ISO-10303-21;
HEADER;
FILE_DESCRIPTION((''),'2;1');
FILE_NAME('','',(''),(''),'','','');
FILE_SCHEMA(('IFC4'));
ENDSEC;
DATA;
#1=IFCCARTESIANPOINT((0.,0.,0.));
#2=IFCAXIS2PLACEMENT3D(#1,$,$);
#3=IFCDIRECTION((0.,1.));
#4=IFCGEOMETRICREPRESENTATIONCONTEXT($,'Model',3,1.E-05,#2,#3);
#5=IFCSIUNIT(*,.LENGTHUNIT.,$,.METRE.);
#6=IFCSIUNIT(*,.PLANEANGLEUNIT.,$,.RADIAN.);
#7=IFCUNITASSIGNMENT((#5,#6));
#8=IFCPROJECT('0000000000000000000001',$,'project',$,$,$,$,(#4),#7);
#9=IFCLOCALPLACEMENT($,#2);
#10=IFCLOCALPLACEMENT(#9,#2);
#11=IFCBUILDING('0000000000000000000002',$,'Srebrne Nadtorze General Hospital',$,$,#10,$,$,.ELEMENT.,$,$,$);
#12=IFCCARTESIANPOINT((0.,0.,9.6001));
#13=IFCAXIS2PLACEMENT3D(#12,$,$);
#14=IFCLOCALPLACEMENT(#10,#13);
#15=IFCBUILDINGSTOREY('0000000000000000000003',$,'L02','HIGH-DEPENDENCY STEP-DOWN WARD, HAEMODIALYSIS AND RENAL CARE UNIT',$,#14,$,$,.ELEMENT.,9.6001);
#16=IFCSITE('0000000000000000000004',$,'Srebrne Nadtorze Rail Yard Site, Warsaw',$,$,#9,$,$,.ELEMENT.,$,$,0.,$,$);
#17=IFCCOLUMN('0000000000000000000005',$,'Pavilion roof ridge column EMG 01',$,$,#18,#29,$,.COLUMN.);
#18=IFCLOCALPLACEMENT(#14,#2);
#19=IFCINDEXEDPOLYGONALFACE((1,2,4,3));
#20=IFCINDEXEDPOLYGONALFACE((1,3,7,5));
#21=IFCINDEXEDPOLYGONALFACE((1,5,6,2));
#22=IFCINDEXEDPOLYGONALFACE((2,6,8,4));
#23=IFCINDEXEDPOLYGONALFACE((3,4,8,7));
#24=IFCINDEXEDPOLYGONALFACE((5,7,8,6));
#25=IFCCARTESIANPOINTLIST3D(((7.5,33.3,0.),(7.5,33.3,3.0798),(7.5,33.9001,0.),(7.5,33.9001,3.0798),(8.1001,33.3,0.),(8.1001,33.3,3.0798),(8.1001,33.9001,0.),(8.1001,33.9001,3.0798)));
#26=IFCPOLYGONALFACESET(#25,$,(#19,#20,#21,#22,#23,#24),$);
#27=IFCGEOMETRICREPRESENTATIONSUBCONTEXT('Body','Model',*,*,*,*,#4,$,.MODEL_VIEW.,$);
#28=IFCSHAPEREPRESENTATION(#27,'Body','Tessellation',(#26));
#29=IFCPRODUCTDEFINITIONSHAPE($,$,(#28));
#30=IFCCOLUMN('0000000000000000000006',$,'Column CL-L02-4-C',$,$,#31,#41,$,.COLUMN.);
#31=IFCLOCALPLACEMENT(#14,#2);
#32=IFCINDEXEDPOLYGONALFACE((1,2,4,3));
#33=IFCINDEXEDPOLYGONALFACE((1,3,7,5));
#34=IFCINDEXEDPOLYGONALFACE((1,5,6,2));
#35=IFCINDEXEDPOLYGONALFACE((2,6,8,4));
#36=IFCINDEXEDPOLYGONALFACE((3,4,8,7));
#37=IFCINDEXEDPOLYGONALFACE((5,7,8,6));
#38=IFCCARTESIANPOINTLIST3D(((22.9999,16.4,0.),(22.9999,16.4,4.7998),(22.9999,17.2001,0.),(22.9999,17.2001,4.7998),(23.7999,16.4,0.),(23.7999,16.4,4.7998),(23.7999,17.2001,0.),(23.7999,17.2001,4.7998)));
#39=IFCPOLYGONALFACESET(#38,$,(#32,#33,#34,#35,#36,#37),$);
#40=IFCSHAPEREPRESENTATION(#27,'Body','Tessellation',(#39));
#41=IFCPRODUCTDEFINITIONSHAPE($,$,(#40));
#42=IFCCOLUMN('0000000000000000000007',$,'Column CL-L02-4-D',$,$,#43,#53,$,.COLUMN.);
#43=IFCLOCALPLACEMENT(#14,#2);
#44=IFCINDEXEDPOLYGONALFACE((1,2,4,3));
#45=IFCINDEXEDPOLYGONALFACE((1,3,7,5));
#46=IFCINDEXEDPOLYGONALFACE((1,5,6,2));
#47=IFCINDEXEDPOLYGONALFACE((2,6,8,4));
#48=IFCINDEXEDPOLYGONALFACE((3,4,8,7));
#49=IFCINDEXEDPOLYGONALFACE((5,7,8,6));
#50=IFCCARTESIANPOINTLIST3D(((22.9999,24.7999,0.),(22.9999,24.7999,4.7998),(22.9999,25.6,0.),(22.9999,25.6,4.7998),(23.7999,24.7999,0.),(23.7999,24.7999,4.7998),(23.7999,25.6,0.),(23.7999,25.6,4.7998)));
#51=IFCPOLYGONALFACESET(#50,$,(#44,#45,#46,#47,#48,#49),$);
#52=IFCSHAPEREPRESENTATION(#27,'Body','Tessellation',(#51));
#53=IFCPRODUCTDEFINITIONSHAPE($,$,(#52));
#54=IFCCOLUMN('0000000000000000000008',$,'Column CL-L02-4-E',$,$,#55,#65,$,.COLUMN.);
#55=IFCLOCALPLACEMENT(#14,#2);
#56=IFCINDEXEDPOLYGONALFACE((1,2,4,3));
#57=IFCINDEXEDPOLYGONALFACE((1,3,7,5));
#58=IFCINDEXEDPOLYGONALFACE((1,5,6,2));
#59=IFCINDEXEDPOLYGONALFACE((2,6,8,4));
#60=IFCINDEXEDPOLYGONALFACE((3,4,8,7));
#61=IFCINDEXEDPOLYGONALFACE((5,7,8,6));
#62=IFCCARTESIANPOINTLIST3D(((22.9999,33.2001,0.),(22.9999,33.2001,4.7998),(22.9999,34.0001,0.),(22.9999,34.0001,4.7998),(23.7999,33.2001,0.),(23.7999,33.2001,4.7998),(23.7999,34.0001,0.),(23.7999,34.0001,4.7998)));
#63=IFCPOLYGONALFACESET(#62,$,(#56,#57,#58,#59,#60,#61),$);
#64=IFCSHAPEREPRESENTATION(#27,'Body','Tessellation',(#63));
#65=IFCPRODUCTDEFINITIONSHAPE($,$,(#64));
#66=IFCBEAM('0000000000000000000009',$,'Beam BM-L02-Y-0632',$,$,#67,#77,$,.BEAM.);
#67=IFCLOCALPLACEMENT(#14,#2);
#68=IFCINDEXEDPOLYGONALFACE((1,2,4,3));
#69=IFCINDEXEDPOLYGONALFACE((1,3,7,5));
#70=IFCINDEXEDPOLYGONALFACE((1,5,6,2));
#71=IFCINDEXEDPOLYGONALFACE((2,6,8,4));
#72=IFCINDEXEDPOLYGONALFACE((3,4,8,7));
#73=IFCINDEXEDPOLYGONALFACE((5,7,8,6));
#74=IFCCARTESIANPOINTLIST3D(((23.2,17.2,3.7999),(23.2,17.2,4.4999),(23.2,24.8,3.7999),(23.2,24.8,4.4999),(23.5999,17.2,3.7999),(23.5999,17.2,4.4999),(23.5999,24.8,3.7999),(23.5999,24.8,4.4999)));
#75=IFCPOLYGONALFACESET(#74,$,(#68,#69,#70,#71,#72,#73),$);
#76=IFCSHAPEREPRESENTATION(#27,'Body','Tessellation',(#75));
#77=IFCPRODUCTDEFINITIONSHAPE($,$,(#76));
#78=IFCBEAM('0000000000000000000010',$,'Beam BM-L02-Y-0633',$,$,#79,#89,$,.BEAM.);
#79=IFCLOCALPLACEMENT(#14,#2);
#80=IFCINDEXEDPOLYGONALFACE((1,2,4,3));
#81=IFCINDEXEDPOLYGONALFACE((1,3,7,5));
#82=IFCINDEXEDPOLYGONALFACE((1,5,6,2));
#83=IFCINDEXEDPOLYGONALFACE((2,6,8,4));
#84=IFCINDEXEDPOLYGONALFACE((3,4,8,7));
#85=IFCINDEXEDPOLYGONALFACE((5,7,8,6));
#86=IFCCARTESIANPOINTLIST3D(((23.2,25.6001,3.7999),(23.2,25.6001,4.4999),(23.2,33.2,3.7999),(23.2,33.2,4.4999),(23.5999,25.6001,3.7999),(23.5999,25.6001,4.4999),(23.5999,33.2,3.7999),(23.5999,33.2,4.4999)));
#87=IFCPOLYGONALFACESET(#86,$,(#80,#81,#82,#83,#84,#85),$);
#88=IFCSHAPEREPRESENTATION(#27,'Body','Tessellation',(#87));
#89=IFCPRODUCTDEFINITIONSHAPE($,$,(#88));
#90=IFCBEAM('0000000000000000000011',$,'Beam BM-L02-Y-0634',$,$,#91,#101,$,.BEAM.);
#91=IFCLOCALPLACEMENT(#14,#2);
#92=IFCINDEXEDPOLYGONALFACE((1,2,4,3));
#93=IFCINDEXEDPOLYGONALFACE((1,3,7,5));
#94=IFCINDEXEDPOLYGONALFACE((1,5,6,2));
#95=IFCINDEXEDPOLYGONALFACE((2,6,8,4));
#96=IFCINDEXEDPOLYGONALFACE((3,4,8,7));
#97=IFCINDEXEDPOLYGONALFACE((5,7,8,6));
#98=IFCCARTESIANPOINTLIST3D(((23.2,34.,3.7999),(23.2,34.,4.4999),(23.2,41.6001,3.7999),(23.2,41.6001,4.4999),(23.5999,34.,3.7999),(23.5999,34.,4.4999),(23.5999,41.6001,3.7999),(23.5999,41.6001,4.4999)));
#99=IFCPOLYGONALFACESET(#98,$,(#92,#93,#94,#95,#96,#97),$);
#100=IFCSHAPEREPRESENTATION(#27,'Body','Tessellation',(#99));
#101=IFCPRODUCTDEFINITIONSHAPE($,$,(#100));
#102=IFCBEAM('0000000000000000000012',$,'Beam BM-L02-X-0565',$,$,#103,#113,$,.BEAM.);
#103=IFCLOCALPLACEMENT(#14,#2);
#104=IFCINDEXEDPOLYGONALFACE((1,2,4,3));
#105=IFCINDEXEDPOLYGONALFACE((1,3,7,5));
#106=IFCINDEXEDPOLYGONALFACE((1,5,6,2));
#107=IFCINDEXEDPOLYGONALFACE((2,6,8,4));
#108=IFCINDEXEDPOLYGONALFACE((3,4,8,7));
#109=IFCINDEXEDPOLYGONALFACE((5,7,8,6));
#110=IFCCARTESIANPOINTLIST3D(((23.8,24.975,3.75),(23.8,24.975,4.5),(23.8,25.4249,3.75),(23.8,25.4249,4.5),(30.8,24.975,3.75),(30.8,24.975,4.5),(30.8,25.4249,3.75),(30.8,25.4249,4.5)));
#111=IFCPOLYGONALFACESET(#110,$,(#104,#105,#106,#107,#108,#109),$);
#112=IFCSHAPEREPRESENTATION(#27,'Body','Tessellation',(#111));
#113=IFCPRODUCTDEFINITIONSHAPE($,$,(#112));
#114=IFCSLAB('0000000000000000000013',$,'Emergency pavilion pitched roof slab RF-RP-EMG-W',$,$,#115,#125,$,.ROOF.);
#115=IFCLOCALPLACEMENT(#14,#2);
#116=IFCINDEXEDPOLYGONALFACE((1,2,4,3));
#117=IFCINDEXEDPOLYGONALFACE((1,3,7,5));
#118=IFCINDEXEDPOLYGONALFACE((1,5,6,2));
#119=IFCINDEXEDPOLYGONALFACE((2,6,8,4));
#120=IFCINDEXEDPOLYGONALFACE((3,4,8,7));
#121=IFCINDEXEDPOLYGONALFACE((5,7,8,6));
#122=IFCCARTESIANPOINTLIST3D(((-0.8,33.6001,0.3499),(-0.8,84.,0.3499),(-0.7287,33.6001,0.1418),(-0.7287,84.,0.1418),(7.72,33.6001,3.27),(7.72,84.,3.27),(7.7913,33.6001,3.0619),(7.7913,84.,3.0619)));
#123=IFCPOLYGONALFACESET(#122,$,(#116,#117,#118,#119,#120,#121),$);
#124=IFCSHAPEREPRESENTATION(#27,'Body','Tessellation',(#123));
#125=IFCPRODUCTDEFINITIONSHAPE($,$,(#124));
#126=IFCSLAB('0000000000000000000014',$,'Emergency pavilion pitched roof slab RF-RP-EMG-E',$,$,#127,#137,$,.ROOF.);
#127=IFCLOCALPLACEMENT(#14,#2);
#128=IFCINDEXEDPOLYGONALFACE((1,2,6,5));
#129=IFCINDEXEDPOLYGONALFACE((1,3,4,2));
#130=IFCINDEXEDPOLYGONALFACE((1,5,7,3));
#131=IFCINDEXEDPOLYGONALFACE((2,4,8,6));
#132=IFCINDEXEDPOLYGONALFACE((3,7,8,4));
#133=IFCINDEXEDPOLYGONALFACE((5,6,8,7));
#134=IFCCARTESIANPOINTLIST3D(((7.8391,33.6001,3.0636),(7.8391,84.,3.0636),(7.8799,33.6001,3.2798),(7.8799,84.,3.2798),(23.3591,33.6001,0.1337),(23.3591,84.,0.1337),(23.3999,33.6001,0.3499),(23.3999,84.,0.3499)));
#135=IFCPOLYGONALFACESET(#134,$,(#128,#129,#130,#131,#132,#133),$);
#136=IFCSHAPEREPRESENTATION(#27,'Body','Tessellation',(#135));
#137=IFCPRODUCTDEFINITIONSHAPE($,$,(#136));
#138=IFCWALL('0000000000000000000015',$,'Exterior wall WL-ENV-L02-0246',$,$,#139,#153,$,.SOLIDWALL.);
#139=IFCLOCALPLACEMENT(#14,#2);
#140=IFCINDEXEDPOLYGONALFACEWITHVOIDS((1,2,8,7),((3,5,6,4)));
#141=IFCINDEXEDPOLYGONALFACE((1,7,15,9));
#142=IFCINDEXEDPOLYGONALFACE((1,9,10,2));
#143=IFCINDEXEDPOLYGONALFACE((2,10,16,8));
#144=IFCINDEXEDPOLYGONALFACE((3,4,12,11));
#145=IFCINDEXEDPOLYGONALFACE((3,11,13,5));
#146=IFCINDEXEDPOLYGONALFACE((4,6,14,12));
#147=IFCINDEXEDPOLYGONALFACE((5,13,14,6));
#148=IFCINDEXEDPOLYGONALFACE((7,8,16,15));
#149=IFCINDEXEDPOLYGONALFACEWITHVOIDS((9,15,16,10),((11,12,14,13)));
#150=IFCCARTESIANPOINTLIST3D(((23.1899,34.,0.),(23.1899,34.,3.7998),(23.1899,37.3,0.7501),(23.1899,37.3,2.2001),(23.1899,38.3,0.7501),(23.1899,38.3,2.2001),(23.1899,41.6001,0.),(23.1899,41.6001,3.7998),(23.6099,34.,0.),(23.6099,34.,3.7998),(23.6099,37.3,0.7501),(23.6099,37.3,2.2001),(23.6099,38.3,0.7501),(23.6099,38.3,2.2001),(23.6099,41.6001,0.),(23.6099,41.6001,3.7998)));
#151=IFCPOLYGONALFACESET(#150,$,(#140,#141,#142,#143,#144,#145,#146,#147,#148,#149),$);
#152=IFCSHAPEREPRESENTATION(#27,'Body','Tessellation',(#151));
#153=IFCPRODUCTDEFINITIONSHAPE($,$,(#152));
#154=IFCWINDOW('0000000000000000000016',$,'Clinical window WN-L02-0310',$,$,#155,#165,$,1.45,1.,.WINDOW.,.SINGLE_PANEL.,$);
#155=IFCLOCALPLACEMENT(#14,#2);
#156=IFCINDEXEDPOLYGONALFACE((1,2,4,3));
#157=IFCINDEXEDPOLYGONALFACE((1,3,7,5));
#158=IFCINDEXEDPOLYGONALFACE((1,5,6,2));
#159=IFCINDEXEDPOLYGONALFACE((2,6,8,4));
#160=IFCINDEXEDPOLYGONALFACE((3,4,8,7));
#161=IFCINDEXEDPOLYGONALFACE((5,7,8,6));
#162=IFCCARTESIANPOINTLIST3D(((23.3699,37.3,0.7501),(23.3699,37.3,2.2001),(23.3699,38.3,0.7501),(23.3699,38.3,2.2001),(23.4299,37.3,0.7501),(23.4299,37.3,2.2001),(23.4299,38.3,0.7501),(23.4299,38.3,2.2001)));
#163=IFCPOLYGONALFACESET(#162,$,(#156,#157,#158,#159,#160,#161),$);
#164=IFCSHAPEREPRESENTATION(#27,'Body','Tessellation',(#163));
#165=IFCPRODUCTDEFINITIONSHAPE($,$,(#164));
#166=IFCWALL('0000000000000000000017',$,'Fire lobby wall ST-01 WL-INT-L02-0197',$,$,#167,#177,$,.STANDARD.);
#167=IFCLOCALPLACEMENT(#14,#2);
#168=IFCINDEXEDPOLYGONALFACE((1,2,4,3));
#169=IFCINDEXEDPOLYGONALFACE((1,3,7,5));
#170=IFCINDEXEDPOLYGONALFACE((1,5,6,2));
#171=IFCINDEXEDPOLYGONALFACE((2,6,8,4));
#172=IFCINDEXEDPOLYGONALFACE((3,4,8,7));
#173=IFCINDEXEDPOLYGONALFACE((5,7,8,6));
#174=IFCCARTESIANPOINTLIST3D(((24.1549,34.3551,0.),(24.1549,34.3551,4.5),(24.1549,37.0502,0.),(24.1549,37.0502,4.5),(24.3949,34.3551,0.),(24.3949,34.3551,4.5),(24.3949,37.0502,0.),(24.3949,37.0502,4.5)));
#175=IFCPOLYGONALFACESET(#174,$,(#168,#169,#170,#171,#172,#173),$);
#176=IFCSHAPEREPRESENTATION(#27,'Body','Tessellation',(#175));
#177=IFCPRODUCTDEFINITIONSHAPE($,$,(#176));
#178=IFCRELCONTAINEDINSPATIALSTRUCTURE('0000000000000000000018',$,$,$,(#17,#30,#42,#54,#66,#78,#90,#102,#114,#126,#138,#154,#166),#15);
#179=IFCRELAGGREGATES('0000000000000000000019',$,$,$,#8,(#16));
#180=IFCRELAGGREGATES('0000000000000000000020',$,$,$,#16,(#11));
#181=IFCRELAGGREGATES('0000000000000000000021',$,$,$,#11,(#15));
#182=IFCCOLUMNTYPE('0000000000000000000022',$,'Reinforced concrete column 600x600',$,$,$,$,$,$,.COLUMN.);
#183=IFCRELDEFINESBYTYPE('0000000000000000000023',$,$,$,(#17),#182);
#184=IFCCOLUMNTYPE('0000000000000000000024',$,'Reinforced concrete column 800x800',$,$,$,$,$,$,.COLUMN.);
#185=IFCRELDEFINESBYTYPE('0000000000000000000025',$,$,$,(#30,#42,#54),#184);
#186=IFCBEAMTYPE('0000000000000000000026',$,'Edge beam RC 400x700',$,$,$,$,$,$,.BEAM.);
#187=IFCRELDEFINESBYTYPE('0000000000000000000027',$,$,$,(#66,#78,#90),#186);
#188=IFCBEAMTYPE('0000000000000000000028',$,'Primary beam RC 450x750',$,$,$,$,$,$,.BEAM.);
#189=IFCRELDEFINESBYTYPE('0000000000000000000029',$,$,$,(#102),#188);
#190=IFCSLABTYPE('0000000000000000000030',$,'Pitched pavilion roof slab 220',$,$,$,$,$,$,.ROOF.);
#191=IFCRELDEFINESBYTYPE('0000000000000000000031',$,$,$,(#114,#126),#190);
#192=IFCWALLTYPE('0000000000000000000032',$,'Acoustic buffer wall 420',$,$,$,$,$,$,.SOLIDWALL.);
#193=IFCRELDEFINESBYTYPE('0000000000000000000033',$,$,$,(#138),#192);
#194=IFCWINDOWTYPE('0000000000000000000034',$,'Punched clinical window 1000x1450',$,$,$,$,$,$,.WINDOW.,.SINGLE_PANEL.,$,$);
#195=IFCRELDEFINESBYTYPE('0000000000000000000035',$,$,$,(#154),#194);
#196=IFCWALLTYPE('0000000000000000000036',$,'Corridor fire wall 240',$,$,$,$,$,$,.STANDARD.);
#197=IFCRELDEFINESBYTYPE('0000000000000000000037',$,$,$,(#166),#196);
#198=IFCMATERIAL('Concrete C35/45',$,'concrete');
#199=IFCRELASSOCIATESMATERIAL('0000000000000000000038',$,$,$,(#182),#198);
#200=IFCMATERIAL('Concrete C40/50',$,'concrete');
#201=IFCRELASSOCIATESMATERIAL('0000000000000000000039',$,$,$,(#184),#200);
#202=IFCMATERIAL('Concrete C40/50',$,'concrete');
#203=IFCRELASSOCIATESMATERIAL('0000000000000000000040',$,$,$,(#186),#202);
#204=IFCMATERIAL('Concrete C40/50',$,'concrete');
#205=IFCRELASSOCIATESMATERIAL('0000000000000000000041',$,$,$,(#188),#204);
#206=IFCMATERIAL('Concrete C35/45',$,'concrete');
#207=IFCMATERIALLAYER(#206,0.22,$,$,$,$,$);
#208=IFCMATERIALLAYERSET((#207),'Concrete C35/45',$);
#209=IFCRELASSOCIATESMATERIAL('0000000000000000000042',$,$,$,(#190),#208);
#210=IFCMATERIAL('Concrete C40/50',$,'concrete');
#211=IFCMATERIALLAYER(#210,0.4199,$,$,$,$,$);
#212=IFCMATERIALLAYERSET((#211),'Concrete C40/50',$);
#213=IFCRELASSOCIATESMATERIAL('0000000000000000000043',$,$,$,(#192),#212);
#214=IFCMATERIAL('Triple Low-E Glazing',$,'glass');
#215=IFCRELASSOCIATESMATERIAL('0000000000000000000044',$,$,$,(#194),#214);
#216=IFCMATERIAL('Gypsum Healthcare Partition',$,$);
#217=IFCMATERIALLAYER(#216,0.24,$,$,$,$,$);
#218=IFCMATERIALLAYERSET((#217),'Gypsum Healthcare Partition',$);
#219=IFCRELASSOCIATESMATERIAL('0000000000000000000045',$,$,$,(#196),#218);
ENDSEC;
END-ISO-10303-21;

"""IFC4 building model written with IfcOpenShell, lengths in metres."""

from ifc_helpers import new_model, si_unit, direction, frame, frame_2d, origin, origin_2d, place, context, subcontext, project, spatial, polyline, rectangle, outline, extrude, material, layer, layer_set, material_profile, profile_set, type_object, element, fill, save


model = new_model("IFC4")

# Units and contexts
model_context = context("Model", 3, precision=1e-05, world=origin(), true_north=direction((0.0, 1.0)))
body_context = subcontext(model_context, "Body", "Model", "MODEL_VIEW")
ifc_project = project(units=[si_unit("LENGTHUNIT", "METRE"), si_unit("PLANEANGLEUNIT", "RADIAN")], contexts=[model_context])

# Site, building, storey
site_placement = place(None, origin())
site = spatial("IfcSite", under=ifc_project, at=site_placement, Name="Srebrne Nadtorze Rail Yard Site, Warsaw", CompositionType="ELEMENT", RefElevation=0.0)
building_placement = place(site_placement, origin())
building = spatial("IfcBuilding", under=site, at=building_placement, Name="Srebrne Nadtorze General Hospital", CompositionType="ELEMENT")
storey_placement = place(building_placement, frame((0.0, 0.0, 9.6001)))
storey = spatial("IfcBuildingStorey", under=building, at=storey_placement, Name="L02", Description="HIGH-DEPENDENCY STEP-DOWN WARD, HAEMODIALYSIS AND RENAL CARE UNIT", CompositionType="ELEMENT", Elevation=9.6001)

# Columns
ifc_material_1 = material(Name="Concrete C35/45", Category="concrete")
ifc_material_profile_1 = material_profile(ifc_material_1, rectangle(XDim=0.6001, YDim=0.6001, at=origin_2d()), Name="RC-COL-600x600")
ifc_profile_set_1 = profile_set([ifc_material_profile_1], Name="Concrete C35/45")
column_type_1 = type_object("IfcColumnType", Name="Reinforced concrete column 600x600", PredefinedType="COLUMN", material=ifc_profile_set_1)
column_placement = place(storey_placement, frame((7.8, 33.6001, 0.0), z_axis=(0.0, 0.0, 1.0), x_axis=(1.0, 0.0, 0.0)))
element("IfcColumn", 1, at=column_placement, inside=storey, type_object=column_type_1, Name="Pavilion roof ridge column EMG 01", PredefinedType="COLUMN", context=body_context, shape_type="SweptSolid", body=[
    extrude(rectangle(XDim=0.6001, YDim=0.6001, at=origin_2d()), origin(), (0.0, 0.0, 1.0), 3.0798),
])
ifc_material_2 = material(Name="Concrete C40/50", Category="concrete")
ifc_material_profile_2 = material_profile(ifc_material_2, rectangle(XDim=0.8, YDim=0.8, at=origin_2d()), Name="RC-COL-800x800")
ifc_profile_set_2 = profile_set([ifc_material_profile_2], Name="Concrete C40/50")
column_type_2 = type_object("IfcColumnType", Name="Reinforced concrete column 800x800", PredefinedType="COLUMN", material=ifc_profile_set_2)
for number, where, z_axis, x_axis, name in (
    (2, (23.3999, 16.8, 0.0), (0.0, 0.0, 1.0), (1.0, 0.0, 0.0), "Column CL-L02-4-C"),
    (3, (23.3999, 25.2, 0.0), (0.0, 0.0, 1.0), (1.0, 0.0, 0.0), "Column CL-L02-4-D"),
    (4, (23.3999, 33.6001, 0.0), (0.0, 0.0, 1.0), (1.0, 0.0, 0.0), "Column CL-L02-4-E"),
):
    element("IfcColumn", number, at=place(storey_placement, frame(where, z_axis=z_axis, x_axis=x_axis)), inside=storey, type_object=column_type_2, Name=name, PredefinedType="COLUMN", context=body_context, shape_type="SweptSolid", body=[
        extrude(rectangle(XDim=0.8, YDim=0.8, at=origin_2d()), origin(), (0.0, 0.0, 1.0), 4.7998),
    ])

# Beams
ifc_material_3 = material(Name="Concrete C40/50", Category="concrete")
ifc_material_profile_3 = material_profile(ifc_material_3, rectangle(XDim=0.3999, YDim=0.7, at=origin_2d()), Name="RC-BM-400x700")
ifc_profile_set_3 = profile_set([ifc_material_profile_3], Name="Concrete C40/50")
beam_type_1 = type_object("IfcBeamType", Name="Edge beam RC 400x700", PredefinedType="BEAM", material=ifc_profile_set_3)
beam_1_placement = place(storey_placement, frame((23.3999, 17.2, 4.1499), z_axis=(0.0, 1.0, 0.0), x_axis=(-1.0, 0.0, 0.0)))
element("IfcBeam", 5, at=beam_1_placement, inside=storey, type_object=beam_type_1, Name="Beam BM-L02-Y-0632", PredefinedType="BEAM", context=body_context, shape_type="SweptSolid", body=[
    extrude(rectangle(XDim=0.3999, YDim=0.7, at=origin_2d()), origin(), (0.0, 0.0, 1.0), 7.6001),
])
beam_2_placement = place(storey_placement, frame((23.3999, 25.6001, 4.1499), z_axis=(0.0, 1.0, 0.0), x_axis=(-1.0, 0.0, 0.0)))
element("IfcBeam", 6, at=beam_2_placement, inside=storey, type_object=beam_type_1, Name="Beam BM-L02-Y-0633", PredefinedType="BEAM", context=body_context, shape_type="SweptSolid", body=[
    extrude(rectangle(XDim=0.3999, YDim=0.7, at=origin_2d()), origin(), (0.0, 0.0, 1.0), 7.5999),
])
beam_3_placement = place(storey_placement, frame((23.3999, 34.0, 4.1499), z_axis=(0.0, 1.0, 0.0), x_axis=(-1.0, 0.0, 0.0)))
element("IfcBeam", 7, at=beam_3_placement, inside=storey, type_object=beam_type_1, Name="Beam BM-L02-Y-0634", PredefinedType="BEAM", context=body_context, shape_type="SweptSolid", body=[
    extrude(rectangle(XDim=0.3999, YDim=0.7, at=origin_2d()), origin(), (0.0, 0.0, 1.0), 7.6001),
])
ifc_material_4 = material(Name="Concrete C40/50", Category="concrete")
ifc_material_profile_4 = material_profile(ifc_material_4, rectangle(XDim=0.45, YDim=0.75, at=origin_2d()), Name="RC-BM-450x750")
ifc_profile_set_4 = profile_set([ifc_material_profile_4], Name="Concrete C40/50")
beam_type_2 = type_object("IfcBeamType", Name="Primary beam RC 450x750", PredefinedType="BEAM", material=ifc_profile_set_4)
beam_4_placement = place(storey_placement, frame((23.8, 25.2, 4.125), z_axis=(1.0, 0.0, 0.0), x_axis=(0.0, 1.0, 0.0)))
element("IfcBeam", 8, at=beam_4_placement, inside=storey, type_object=beam_type_2, Name="Beam BM-L02-X-0565", PredefinedType="BEAM", context=body_context, shape_type="SweptSolid", body=[
    extrude(rectangle(XDim=0.45, YDim=0.75, at=origin_2d()), origin(), (0.0, 0.0, 1.0), 7.0),
])

# Slabs
ifc_material_5 = material(Name="Concrete C35/45", Category="concrete")
ifc_layer_1 = layer(ifc_material_5, 0.22)
ifc_layer_set_1 = layer_set([ifc_layer_1], Name="Concrete C35/45")
slab_type = type_object("IfcSlabType", Name="Pitched pavilion roof slab 220", PredefinedType="ROOF", material=ifc_layer_set_1)
slab_1_placement = place(storey_placement, frame((-0.8, 33.6001, 0.3499), z_axis=(-0.324227, 0.0, 0.945979), x_axis=(0.945979, 0.0, 0.324227)))
element("IfcSlab", 9, at=slab_1_placement, inside=storey, type_object=slab_type, Name="Emergency pavilion pitched roof slab RF-RP-EMG-W", PredefinedType="ROOF", context=body_context, shape_type="SweptSolid", body=[
    extrude(outline(polyline([(0.0, 0.0), (9.0066, 0.0), (9.0066, 50.3999), (0.0, 50.3999), (0.0, 0.0)])), origin(), (0.0, 0.0, -1.0), 0.22),
])
slab_2_placement = place(storey_placement, frame((7.8799, 33.6001, 3.2798), z_axis=(0.185507, 0.0, 0.982643), x_axis=(0.982643, 0.0, -0.185507)))
element("IfcSlab", 10, at=slab_2_placement, inside=storey, type_object=slab_type, Name="Emergency pavilion pitched roof slab RF-RP-EMG-E", PredefinedType="ROOF", context=body_context, shape_type="SweptSolid", body=[
    extrude(outline(polyline([(0.0, 0.0), (15.7942, 0.0), (15.7942, 50.3999), (0.0, 50.3999), (0.0, 0.0)])), origin(), (0.0, 0.0, -1.0), 0.22),
])

# Wall, opening, window
ifc_material_6 = material(Name="Concrete C40/50", Category="concrete")
ifc_layer_2 = layer(ifc_material_6, 0.4199)
ifc_layer_set_2 = layer_set([ifc_layer_2], Name="Concrete C40/50")
wall_type_1 = type_object("IfcWallType", Name="Acoustic buffer wall 420", PredefinedType="SOLIDWALL", material=ifc_layer_set_2)
wall_1_placement = place(storey_placement, frame((23.3999, 34.0, 0.0), z_axis=(0.0, 0.0, 1.0), x_axis=(0.0, 1.0, 0.0)))
wall_1 = element("IfcWall", 11, at=wall_1_placement, inside=storey, type_object=wall_type_1, Name="Exterior wall WL-ENV-L02-0246", PredefinedType="SOLIDWALL", context=body_context, shape_type="SweptSolid", body=[
    extrude(rectangle(XDim=7.6001, YDim=0.4199, at=frame_2d((3.8, 0.0))), origin(), (0.0, 0.0, 1.0), 3.7998),
])
opening_1_placement = place(wall_1_placement, frame((3.3, 0.0, 0.75)))
opening_1 = element("IfcOpeningElement", 12, at=opening_1_placement, cuts=wall_1, PredefinedType="OPENING", context=body_context, shape_type="SweptSolid", body=[
    extrude(rectangle(XDim=1.0, YDim=1.45, at=frame_2d((0.5, 0.7251))), frame((0.0, 0.2219, 0.0), z_axis=(0.0, -1.0, 0.0), x_axis=(1.0, 0.0, 0.0)), (0.0, 0.0, 1.0), 0.4438),
])
ifc_material_7 = material(Name="Triple Low-E Glazing", Category="glass")
window_type_1 = type_object("IfcWindowType", Name="Punched clinical window 1000x1450", PartitioningType="SINGLE_PANEL", PredefinedType="WINDOW", material=ifc_material_7)
window_1_placement = place(opening_1_placement, origin())
window_1 = element("IfcWindow", 13, at=window_1_placement, inside=storey, type_object=window_type_1, Name="Clinical window WN-L02-0310", OverallHeight=1.45, OverallWidth=1.0, PartitioningType="SINGLE_PANEL", PredefinedType="WINDOW", context=body_context, shape_type="SweptSolid", body=[
    extrude(rectangle(XDim=1.0, YDim=1.45, at=frame_2d((0.5, 0.7251))), frame((0.0, 0.03, 0.0), z_axis=(0.0, -1.0, 0.0), x_axis=(1.0, 0.0, 0.0)), (0.0, 0.0, 1.0), 0.0601),
])
fill(opening_1, window_1)

# Wall
ifc_material_8 = material(Name="Gypsum Healthcare Partition")
ifc_layer_3 = layer(ifc_material_8, 0.24)
ifc_layer_set_3 = layer_set([ifc_layer_3], Name="Gypsum Healthcare Partition")
wall_type_2 = type_object("IfcWallType", Name="Corridor fire wall 240", PredefinedType="STANDARD", material=ifc_layer_set_3)
wall_2_placement = place(storey_placement, frame((24.2749, 34.355, 0.0), z_axis=(0.0, 0.0, 1.0), x_axis=(0.0, 1.0, 0.0)))
element("IfcWall", 14, at=wall_2_placement, inside=storey, type_object=wall_type_2, Name="Fire lobby wall ST-01 WL-INT-L02-0197", PredefinedType="STANDARD", context=body_context, shape_type="SweptSolid", body=[
    extrude(rectangle(XDim=2.6951, YDim=0.24, at=frame_2d((1.3477, 0.0))), origin(), (0.0, 0.0, 1.0), 4.5),
])

save(model, "model.ifc")
